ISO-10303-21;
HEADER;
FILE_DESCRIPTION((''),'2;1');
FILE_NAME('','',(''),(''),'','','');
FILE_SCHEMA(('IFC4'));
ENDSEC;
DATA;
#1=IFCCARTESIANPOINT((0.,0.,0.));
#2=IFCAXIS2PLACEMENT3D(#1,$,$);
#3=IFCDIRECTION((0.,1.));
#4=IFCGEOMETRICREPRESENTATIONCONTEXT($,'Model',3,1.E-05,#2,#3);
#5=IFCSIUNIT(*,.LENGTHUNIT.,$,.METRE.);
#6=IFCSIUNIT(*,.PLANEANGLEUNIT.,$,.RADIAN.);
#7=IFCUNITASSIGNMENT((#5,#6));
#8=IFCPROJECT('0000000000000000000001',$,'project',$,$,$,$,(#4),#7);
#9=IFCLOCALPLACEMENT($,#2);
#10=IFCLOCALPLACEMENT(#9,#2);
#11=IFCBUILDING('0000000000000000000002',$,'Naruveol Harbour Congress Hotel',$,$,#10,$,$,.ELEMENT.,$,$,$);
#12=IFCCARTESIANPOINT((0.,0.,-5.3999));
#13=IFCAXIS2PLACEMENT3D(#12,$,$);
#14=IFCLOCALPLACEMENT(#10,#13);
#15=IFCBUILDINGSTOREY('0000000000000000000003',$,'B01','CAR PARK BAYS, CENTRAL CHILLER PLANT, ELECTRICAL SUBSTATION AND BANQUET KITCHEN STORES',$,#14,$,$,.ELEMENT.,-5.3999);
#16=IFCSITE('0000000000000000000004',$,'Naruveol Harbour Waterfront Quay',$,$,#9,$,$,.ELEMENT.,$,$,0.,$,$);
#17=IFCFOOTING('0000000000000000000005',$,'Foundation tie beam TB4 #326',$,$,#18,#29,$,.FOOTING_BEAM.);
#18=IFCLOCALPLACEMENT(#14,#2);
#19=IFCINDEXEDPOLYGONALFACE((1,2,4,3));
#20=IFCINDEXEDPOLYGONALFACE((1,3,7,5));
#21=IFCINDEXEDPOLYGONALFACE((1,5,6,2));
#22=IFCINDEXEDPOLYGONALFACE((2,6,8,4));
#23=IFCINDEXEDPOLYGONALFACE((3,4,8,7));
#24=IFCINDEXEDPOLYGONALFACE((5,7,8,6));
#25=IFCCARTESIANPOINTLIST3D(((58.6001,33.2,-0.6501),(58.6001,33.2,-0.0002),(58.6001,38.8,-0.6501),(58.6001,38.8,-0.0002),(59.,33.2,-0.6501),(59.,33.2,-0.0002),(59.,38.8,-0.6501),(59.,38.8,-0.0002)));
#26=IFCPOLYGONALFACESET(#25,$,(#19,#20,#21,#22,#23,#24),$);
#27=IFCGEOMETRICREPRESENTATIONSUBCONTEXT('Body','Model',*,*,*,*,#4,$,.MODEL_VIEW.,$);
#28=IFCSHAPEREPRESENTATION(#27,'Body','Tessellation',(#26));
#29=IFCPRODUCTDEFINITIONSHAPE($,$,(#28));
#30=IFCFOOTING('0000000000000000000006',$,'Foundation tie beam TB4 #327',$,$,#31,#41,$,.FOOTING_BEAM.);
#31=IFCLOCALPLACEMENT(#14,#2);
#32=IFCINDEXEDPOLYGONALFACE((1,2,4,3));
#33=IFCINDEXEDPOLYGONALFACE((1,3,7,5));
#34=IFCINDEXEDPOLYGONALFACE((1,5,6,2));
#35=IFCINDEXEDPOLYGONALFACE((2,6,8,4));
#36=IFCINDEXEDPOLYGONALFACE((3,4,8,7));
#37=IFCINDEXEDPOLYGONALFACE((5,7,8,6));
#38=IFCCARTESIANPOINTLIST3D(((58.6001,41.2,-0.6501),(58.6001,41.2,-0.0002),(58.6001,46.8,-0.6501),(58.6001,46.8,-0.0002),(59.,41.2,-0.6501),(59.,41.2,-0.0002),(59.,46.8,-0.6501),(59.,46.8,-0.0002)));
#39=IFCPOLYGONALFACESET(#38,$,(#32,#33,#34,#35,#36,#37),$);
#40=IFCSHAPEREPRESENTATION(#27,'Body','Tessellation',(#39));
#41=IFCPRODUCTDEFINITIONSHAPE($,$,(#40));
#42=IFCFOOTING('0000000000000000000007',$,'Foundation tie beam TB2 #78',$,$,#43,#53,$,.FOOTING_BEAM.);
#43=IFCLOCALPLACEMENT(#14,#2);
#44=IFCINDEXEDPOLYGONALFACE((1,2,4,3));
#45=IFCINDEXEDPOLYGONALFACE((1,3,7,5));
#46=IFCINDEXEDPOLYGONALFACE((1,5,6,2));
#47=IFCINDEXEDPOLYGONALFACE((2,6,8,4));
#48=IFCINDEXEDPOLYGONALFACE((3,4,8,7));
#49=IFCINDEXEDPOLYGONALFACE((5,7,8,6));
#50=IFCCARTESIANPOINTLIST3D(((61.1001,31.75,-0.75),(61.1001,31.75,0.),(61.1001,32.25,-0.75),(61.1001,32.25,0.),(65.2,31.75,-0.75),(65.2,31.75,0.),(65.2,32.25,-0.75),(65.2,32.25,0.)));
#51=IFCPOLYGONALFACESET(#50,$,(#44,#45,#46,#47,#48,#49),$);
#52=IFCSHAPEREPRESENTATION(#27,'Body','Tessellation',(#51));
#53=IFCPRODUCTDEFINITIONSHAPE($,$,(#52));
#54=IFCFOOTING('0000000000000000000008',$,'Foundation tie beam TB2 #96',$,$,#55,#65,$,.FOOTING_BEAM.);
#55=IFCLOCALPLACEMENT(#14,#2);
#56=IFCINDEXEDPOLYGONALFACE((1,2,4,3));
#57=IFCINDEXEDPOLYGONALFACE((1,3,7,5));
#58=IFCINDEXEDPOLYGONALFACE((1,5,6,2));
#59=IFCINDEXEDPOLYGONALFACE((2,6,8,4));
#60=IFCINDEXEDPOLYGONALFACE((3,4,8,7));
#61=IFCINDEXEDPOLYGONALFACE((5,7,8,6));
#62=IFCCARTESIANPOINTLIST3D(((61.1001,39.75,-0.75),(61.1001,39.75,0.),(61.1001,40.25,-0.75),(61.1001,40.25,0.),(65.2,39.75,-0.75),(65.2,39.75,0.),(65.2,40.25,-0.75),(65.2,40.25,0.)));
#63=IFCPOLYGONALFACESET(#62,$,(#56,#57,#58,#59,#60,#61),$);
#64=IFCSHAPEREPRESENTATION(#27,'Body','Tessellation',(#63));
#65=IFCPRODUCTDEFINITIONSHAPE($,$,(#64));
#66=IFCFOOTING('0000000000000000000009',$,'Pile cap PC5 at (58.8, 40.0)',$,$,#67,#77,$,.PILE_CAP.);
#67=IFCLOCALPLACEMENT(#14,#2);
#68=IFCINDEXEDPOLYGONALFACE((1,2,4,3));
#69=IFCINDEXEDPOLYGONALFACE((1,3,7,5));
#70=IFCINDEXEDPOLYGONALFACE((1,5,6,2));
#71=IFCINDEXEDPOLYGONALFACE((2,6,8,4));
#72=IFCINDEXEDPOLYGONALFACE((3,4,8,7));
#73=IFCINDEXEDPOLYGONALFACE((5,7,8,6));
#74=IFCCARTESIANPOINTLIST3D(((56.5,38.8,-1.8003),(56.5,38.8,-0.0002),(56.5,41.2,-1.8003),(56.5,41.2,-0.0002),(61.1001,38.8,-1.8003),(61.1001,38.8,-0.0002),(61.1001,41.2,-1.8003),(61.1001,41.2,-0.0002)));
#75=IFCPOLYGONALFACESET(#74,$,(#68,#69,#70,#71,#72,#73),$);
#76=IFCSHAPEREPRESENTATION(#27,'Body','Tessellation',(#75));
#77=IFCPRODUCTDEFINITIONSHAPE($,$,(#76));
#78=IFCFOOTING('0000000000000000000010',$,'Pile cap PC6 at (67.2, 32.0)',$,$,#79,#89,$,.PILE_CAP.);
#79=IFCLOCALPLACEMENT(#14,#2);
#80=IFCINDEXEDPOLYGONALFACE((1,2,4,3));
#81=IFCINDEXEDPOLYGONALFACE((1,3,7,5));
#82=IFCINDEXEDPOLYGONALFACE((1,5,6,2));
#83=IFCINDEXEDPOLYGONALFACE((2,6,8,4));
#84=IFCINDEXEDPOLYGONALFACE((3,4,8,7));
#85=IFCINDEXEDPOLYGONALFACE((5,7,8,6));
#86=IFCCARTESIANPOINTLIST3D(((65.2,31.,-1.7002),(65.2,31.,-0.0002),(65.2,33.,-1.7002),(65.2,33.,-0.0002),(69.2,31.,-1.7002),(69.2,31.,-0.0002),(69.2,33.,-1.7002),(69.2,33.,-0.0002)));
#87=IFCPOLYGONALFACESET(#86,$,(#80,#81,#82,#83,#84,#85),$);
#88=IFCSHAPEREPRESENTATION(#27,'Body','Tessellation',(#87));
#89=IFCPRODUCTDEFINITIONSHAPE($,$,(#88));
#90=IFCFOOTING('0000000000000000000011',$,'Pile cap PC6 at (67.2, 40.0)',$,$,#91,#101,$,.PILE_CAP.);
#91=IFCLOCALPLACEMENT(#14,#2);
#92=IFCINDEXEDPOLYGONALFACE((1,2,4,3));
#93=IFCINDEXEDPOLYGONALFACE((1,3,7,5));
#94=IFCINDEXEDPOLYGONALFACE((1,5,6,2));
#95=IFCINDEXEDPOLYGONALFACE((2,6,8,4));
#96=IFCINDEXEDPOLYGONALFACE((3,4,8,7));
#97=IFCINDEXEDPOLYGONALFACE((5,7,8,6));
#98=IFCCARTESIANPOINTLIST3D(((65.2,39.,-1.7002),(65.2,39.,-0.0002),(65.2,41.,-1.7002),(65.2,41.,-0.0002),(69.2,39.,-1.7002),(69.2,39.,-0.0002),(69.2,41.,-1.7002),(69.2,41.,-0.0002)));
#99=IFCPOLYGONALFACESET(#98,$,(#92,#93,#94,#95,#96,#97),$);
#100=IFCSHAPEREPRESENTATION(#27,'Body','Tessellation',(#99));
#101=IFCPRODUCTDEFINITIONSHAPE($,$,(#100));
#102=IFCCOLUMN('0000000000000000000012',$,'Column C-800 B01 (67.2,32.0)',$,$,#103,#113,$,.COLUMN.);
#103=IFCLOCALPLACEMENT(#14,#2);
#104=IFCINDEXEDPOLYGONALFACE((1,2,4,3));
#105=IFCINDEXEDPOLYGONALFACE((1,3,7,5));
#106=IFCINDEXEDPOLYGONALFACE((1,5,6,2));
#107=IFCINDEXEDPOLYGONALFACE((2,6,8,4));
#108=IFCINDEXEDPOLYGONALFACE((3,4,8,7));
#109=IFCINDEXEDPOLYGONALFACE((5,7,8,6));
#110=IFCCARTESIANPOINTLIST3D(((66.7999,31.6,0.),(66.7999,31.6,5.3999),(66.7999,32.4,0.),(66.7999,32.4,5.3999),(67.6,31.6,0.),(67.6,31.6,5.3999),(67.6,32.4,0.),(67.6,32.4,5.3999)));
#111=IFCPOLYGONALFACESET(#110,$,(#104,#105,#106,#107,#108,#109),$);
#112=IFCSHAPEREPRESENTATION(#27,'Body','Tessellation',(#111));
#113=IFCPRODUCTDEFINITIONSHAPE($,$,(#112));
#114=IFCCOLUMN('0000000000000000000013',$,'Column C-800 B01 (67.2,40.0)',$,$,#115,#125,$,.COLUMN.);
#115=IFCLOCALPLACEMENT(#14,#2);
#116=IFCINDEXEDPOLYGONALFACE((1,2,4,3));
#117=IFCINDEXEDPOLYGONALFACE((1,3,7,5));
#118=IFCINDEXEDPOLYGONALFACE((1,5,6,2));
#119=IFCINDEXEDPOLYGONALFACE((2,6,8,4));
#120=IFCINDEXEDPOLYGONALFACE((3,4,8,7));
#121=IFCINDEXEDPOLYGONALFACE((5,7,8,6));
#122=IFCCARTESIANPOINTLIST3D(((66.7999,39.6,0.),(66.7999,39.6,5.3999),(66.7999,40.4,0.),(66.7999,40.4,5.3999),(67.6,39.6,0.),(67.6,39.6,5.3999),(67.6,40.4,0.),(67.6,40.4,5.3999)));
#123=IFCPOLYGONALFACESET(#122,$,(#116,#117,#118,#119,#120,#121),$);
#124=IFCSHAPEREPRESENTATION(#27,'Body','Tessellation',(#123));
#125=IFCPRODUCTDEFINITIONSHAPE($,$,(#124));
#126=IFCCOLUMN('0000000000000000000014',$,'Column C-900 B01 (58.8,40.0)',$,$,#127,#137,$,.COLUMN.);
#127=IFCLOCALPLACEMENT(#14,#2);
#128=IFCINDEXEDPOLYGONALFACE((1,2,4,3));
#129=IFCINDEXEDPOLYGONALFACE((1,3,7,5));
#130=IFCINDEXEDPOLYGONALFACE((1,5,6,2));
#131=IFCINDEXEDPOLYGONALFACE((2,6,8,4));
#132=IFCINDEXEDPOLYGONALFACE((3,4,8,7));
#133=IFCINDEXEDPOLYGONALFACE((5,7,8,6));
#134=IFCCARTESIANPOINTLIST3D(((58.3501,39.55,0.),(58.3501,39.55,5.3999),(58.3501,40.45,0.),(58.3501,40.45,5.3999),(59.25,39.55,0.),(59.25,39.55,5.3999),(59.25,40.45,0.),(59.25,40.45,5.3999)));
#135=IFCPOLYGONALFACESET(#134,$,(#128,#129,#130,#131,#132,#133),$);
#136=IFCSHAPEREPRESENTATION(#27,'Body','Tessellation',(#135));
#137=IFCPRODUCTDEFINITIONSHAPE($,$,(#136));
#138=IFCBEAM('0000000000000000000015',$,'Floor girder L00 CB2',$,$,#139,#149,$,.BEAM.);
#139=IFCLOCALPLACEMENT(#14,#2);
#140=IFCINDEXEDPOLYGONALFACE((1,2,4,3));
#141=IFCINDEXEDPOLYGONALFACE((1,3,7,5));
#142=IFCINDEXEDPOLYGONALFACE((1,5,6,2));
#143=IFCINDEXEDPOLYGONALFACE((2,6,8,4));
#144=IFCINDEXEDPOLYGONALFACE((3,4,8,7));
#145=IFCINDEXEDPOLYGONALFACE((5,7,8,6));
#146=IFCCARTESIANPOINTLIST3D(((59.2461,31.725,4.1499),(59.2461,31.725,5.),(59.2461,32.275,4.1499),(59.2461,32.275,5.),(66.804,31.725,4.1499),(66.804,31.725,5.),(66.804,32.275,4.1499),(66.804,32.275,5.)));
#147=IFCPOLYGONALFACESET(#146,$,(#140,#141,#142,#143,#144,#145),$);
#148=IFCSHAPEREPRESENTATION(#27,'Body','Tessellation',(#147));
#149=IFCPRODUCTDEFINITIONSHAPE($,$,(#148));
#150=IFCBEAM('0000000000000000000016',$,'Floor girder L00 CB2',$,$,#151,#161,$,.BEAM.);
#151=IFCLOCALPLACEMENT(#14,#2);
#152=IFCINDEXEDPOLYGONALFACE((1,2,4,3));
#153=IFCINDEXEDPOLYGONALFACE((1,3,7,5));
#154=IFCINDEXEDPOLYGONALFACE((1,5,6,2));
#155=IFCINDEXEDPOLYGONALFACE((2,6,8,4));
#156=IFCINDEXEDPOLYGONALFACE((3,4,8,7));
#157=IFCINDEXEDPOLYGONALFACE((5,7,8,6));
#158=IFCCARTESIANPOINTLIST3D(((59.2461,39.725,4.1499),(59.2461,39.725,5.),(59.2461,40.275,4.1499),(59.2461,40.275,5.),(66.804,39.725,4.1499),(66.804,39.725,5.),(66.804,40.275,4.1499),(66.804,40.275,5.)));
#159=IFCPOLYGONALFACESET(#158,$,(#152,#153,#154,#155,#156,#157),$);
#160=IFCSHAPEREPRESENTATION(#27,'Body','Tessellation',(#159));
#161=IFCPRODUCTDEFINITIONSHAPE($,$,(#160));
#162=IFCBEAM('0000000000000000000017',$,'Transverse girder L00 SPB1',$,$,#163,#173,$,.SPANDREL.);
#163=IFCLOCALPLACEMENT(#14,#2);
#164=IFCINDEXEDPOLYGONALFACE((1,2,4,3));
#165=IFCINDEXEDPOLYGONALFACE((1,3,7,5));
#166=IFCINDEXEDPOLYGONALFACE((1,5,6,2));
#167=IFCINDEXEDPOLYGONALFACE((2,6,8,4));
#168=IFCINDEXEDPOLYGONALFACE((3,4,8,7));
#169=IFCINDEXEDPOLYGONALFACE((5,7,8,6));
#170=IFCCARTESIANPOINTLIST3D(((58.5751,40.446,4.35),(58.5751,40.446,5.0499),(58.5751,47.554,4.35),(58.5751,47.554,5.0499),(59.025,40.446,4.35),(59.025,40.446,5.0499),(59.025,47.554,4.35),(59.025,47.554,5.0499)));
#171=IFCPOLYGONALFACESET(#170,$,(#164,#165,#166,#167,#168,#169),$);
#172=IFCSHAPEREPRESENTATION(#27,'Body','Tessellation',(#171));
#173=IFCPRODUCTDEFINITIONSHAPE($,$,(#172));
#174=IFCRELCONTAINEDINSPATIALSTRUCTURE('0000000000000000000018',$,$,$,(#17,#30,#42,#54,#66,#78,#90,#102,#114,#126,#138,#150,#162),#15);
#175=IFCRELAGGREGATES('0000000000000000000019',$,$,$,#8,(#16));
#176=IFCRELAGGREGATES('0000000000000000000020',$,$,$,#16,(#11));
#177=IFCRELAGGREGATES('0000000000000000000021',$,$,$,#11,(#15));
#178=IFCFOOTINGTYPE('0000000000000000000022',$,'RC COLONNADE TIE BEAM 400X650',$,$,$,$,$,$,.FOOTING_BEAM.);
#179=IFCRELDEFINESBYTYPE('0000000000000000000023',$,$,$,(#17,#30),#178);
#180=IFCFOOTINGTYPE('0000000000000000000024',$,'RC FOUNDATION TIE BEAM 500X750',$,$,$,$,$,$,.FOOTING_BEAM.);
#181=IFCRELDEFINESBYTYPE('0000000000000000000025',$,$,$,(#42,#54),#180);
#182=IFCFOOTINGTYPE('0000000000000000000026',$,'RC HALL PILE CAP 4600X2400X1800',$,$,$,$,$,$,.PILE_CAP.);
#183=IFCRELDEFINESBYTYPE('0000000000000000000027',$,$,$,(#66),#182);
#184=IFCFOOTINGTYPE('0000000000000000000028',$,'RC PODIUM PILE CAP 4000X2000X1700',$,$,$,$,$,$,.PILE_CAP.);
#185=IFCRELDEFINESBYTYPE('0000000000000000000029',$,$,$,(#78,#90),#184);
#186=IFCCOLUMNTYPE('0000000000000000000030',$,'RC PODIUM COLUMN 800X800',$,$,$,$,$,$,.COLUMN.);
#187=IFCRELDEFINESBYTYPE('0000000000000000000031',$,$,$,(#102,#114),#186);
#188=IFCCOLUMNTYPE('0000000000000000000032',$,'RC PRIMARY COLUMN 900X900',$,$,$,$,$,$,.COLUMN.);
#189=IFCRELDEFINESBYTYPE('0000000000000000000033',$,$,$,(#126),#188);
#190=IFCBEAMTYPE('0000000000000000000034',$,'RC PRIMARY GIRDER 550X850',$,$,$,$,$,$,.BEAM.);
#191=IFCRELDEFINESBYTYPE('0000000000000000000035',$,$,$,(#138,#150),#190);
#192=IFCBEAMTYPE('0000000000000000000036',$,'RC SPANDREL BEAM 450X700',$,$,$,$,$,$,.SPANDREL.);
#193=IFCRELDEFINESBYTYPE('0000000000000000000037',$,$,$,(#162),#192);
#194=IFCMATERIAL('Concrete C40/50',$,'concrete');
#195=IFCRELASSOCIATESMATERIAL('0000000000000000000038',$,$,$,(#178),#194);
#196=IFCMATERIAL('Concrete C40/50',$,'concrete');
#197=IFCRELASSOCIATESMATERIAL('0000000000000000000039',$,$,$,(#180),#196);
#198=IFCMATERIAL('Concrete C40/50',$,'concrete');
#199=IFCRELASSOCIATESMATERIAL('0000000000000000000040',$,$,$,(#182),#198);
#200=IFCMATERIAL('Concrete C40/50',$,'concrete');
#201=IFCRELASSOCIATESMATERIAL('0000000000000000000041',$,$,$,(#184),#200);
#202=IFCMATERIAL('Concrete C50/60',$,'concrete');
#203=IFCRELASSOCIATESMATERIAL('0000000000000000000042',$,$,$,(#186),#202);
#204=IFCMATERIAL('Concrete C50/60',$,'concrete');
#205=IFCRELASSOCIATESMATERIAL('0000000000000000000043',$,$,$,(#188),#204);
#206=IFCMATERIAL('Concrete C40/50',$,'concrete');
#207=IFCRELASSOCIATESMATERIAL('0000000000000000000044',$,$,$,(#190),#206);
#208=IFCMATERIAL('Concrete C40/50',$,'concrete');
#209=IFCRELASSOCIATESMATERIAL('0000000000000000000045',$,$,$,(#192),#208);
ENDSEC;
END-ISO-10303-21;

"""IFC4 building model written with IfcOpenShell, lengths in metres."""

from ifc_helpers import new_model, si_unit, direction, frame, origin, origin_2d, place, context, subcontext, project, spatial, rectangle, extrude, material, material_profile, profile_set, type_object, element, save


model = new_model("IFC4")

# Units and contexts
model_context = context("Model", 3, precision=1e-05, world=origin(), true_north=direction((0.0, 1.0)))
body_context = subcontext(model_context, "Body", "Model", "MODEL_VIEW")
ifc_project = project(units=[si_unit("LENGTHUNIT", "METRE"), si_unit("PLANEANGLEUNIT", "RADIAN")], contexts=[model_context])

# Site, building, storey
site_placement = place(None, origin())
site = spatial("IfcSite", under=ifc_project, at=site_placement, Name="Naruveol Harbour Waterfront Quay", CompositionType="ELEMENT", RefElevation=0.0)
building_placement = place(site_placement, origin())
building = spatial("IfcBuilding", under=site, at=building_placement, Name="Naruveol Harbour Congress Hotel", CompositionType="ELEMENT")
storey_placement = place(building_placement, frame((0.0, 0.0, -5.3999)))
storey = spatial("IfcBuildingStorey", under=building, at=storey_placement, Name="B01", Description="CAR PARK BAYS, CENTRAL CHILLER PLANT, ELECTRICAL SUBSTATION AND BANQUET KITCHEN STORES", CompositionType="ELEMENT", Elevation=-5.3999)

# Footings
ifc_material_1 = material(Name="Concrete C40/50", Category="concrete")
ifc_material_profile_1 = material_profile(ifc_material_1, rectangle(XDim=0.3999, YDim=0.6499, at=origin_2d()), Name="RCB-400x650")
ifc_profile_set_1 = profile_set([ifc_material_profile_1], Name="Concrete C40/50")
footing_type_1 = type_object("IfcFootingType", Name="RC COLONNADE TIE BEAM 400X650", PredefinedType="FOOTING_BEAM", material=ifc_profile_set_1)
for number, where, z_axis, x_axis, name in (
    (1, (58.8, 33.2, -0.3252), (0.0, 1.0, 0.0), (-1.0, 0.0, 0.0), "Foundation tie beam TB4 #326"),
    (2, (58.8, 41.2, -0.3252), (0.0, 1.0, 0.0), (-1.0, 0.0, 0.0), "Foundation tie beam TB4 #327"),
):
    element("IfcFooting", number, at=place(storey_placement, frame(where, z_axis=z_axis, x_axis=x_axis)), inside=storey, type_object=footing_type_1, Name=name, PredefinedType="FOOTING_BEAM", context=body_context, shape_type="SweptSolid", body=[
        extrude(rectangle(XDim=0.3999, YDim=0.6499, at=origin_2d()), origin(), (0.0, 0.0, 1.0), 5.6001),
    ])
ifc_material_2 = material(Name="Concrete C40/50", Category="concrete")
ifc_material_profile_2 = material_profile(ifc_material_2, rectangle(XDim=0.5, YDim=0.75, at=origin_2d()), Name="RCB-500x750")
ifc_profile_set_2 = profile_set([ifc_material_profile_2], Name="Concrete C40/50")
footing_type_2 = type_object("IfcFootingType", Name="RC FOUNDATION TIE BEAM 500X750", PredefinedType="FOOTING_BEAM", material=ifc_profile_set_2)
for number, where, z_axis, x_axis, name in (
    (3, (61.1001, 32.0, -0.375), (1.0, 0.0, 0.0), (0.0, 1.0, 0.0), "Foundation tie beam TB2 #78"),
    (4, (61.1001, 40.0, -0.375), (1.0, 0.0, 0.0), (0.0, 1.0, 0.0), "Foundation tie beam TB2 #96"),
):
    element("IfcFooting", number, at=place(storey_placement, frame(where, z_axis=z_axis, x_axis=x_axis)), inside=storey, type_object=footing_type_2, Name=name, PredefinedType="FOOTING_BEAM", context=body_context, shape_type="SweptSolid", body=[
        extrude(rectangle(XDim=0.5, YDim=0.75, at=origin_2d()), origin(), (0.0, 0.0, 1.0), 4.0999),
    ])
ifc_material_3 = material(Name="Concrete C40/50", Category="concrete")
footing_type_3 = type_object("IfcFootingType", Name="RC HALL PILE CAP 4600X2400X1800", PredefinedType="PILE_CAP", material=ifc_material_3)
footing_placement = place(storey_placement, frame((58.8, 40.0, -1.8003), z_axis=(0.0, 0.0, 1.0), x_axis=(1.0, 0.0, 0.0)))
element("IfcFooting", 5, at=footing_placement, inside=storey, type_object=footing_type_3, Name="Pile cap PC5 at (58.8, 40.0)", PredefinedType="PILE_CAP", context=body_context, shape_type="SweptSolid", body=[
    extrude(rectangle(XDim=4.6001, YDim=2.3999, at=origin_2d()), origin(), (0.0, 0.0, 1.0), 1.8),
])
ifc_material_4 = material(Name="Concrete C40/50", Category="concrete")
footing_type_4 = type_object("IfcFootingType", Name="RC PODIUM PILE CAP 4000X2000X1700", PredefinedType="PILE_CAP", material=ifc_material_4)
for number, where, z_axis, x_axis, name in (
    (6, (67.2, 32.0, -1.7002), (0.0, 0.0, 1.0), (1.0, 0.0, 0.0), "Pile cap PC6 at (67.2, 32.0)"),
    (7, (67.2, 40.0, -1.7002), (0.0, 0.0, 1.0), (1.0, 0.0, 0.0), "Pile cap PC6 at (67.2, 40.0)"),
):
    element("IfcFooting", number, at=place(storey_placement, frame(where, z_axis=z_axis, x_axis=x_axis)), inside=storey, type_object=footing_type_4, Name=name, PredefinedType="PILE_CAP", context=body_context, shape_type="SweptSolid", body=[
        extrude(rectangle(XDim=4.0, YDim=2.0, at=origin_2d()), origin(), (0.0, 0.0, 1.0), 1.7),
    ])

# Columns
ifc_material_5 = material(Name="Concrete C50/60", Category="concrete")
ifc_material_profile_3 = material_profile(ifc_material_5, rectangle(XDim=0.8, YDim=0.8, at=origin_2d()), Name="RC-800x800")
ifc_profile_set_3 = profile_set([ifc_material_profile_3], Name="Concrete C50/60")
column_type_1 = type_object("IfcColumnType", Name="RC PODIUM COLUMN 800X800", PredefinedType="COLUMN", material=ifc_profile_set_3)
for number, where, z_axis, x_axis, name in (
    (8, (67.2, 32.0, 0.0), (0.0, 0.0, 1.0), (1.0, 0.0, 0.0), "Column C-800 B01 (67.2,32.0)"),
    (9, (67.2, 40.0, 0.0), (0.0, 0.0, 1.0), (1.0, 0.0, 0.0), "Column C-800 B01 (67.2,40.0)"),
):
    element("IfcColumn", number, at=place(storey_placement, frame(where, z_axis=z_axis, x_axis=x_axis)), inside=storey, type_object=column_type_1, Name=name, PredefinedType="COLUMN", context=body_context, shape_type="SweptSolid", body=[
        extrude(rectangle(XDim=0.8, YDim=0.8, at=origin_2d()), origin(), (0.0, 0.0, 1.0), 5.3999),
    ])
ifc_material_6 = material(Name="Concrete C50/60", Category="concrete")
ifc_material_profile_4 = material_profile(ifc_material_6, rectangle(XDim=0.8999, YDim=0.8999, at=origin_2d()), Name="RC-900x900")
ifc_profile_set_4 = profile_set([ifc_material_profile_4], Name="Concrete C50/60")
column_type_2 = type_object("IfcColumnType", Name="RC PRIMARY COLUMN 900X900", PredefinedType="COLUMN", material=ifc_profile_set_4)
column_placement = place(storey_placement, frame((58.8, 40.0, 0.0), z_axis=(0.0, 0.0, 1.0), x_axis=(1.0, 0.0, 0.0)))
element("IfcColumn", 10, at=column_placement, inside=storey, type_object=column_type_2, Name="Column C-900 B01 (58.8,40.0)", PredefinedType="COLUMN", context=body_context, shape_type="SweptSolid", body=[
    extrude(rectangle(XDim=0.8999, YDim=0.8999, at=origin_2d()), origin(), (0.0, 0.0, 1.0), 5.3999),
])

# Beams
ifc_material_7 = material(Name="Concrete C40/50", Category="concrete")
ifc_material_profile_5 = material_profile(ifc_material_7, rectangle(XDim=0.55, YDim=0.8501, at=origin_2d()), Name="RCB-550x850")
ifc_profile_set_5 = profile_set([ifc_material_profile_5], Name="Concrete C40/50")
beam_type_1 = type_object("IfcBeamType", Name="RC PRIMARY GIRDER 550X850", PredefinedType="BEAM", material=ifc_profile_set_5)
for number, where, z_axis, x_axis, name in (
    (11, (59.2461, 32.0, 4.575), (1.0, 0.0, 0.0), (0.0, 1.0, 0.0), "Floor girder L00 CB2"),
    (12, (59.2461, 40.0, 4.575), (1.0, 0.0, 0.0), (0.0, 1.0, 0.0), "Floor girder L00 CB2"),
):
    element("IfcBeam", number, at=place(storey_placement, frame(where, z_axis=z_axis, x_axis=x_axis)), inside=storey, type_object=beam_type_1, Name=name, PredefinedType="BEAM", context=body_context, shape_type="SweptSolid", body=[
        extrude(rectangle(XDim=0.55, YDim=0.8501, at=origin_2d()), origin(), (0.0, 0.0, 1.0), 7.5579),
    ])
ifc_material_8 = material(Name="Concrete C40/50", Category="concrete")
ifc_material_profile_6 = material_profile(ifc_material_8, rectangle(XDim=0.45, YDim=0.7, at=origin_2d()), Name="RCB-450x700")
ifc_profile_set_6 = profile_set([ifc_material_profile_6], Name="Concrete C40/50")
beam_type_2 = type_object("IfcBeamType", Name="RC SPANDREL BEAM 450X700", PredefinedType="SPANDREL", material=ifc_profile_set_6)
beam_placement = place(storey_placement, frame((58.8, 40.446, 4.7), z_axis=(0.0, 1.0, 0.0), x_axis=(-1.0, 0.0, 0.0)))
element("IfcBeam", 13, at=beam_placement, inside=storey, type_object=beam_type_2, Name="Transverse girder L00 SPB1", PredefinedType="SPANDREL", context=body_context, shape_type="SweptSolid", body=[
    extrude(rectangle(XDim=0.45, YDim=0.7, at=origin_2d()), origin(), (0.0, 0.0, 1.0), 7.1079),
])

save(model, "model.ifc")
